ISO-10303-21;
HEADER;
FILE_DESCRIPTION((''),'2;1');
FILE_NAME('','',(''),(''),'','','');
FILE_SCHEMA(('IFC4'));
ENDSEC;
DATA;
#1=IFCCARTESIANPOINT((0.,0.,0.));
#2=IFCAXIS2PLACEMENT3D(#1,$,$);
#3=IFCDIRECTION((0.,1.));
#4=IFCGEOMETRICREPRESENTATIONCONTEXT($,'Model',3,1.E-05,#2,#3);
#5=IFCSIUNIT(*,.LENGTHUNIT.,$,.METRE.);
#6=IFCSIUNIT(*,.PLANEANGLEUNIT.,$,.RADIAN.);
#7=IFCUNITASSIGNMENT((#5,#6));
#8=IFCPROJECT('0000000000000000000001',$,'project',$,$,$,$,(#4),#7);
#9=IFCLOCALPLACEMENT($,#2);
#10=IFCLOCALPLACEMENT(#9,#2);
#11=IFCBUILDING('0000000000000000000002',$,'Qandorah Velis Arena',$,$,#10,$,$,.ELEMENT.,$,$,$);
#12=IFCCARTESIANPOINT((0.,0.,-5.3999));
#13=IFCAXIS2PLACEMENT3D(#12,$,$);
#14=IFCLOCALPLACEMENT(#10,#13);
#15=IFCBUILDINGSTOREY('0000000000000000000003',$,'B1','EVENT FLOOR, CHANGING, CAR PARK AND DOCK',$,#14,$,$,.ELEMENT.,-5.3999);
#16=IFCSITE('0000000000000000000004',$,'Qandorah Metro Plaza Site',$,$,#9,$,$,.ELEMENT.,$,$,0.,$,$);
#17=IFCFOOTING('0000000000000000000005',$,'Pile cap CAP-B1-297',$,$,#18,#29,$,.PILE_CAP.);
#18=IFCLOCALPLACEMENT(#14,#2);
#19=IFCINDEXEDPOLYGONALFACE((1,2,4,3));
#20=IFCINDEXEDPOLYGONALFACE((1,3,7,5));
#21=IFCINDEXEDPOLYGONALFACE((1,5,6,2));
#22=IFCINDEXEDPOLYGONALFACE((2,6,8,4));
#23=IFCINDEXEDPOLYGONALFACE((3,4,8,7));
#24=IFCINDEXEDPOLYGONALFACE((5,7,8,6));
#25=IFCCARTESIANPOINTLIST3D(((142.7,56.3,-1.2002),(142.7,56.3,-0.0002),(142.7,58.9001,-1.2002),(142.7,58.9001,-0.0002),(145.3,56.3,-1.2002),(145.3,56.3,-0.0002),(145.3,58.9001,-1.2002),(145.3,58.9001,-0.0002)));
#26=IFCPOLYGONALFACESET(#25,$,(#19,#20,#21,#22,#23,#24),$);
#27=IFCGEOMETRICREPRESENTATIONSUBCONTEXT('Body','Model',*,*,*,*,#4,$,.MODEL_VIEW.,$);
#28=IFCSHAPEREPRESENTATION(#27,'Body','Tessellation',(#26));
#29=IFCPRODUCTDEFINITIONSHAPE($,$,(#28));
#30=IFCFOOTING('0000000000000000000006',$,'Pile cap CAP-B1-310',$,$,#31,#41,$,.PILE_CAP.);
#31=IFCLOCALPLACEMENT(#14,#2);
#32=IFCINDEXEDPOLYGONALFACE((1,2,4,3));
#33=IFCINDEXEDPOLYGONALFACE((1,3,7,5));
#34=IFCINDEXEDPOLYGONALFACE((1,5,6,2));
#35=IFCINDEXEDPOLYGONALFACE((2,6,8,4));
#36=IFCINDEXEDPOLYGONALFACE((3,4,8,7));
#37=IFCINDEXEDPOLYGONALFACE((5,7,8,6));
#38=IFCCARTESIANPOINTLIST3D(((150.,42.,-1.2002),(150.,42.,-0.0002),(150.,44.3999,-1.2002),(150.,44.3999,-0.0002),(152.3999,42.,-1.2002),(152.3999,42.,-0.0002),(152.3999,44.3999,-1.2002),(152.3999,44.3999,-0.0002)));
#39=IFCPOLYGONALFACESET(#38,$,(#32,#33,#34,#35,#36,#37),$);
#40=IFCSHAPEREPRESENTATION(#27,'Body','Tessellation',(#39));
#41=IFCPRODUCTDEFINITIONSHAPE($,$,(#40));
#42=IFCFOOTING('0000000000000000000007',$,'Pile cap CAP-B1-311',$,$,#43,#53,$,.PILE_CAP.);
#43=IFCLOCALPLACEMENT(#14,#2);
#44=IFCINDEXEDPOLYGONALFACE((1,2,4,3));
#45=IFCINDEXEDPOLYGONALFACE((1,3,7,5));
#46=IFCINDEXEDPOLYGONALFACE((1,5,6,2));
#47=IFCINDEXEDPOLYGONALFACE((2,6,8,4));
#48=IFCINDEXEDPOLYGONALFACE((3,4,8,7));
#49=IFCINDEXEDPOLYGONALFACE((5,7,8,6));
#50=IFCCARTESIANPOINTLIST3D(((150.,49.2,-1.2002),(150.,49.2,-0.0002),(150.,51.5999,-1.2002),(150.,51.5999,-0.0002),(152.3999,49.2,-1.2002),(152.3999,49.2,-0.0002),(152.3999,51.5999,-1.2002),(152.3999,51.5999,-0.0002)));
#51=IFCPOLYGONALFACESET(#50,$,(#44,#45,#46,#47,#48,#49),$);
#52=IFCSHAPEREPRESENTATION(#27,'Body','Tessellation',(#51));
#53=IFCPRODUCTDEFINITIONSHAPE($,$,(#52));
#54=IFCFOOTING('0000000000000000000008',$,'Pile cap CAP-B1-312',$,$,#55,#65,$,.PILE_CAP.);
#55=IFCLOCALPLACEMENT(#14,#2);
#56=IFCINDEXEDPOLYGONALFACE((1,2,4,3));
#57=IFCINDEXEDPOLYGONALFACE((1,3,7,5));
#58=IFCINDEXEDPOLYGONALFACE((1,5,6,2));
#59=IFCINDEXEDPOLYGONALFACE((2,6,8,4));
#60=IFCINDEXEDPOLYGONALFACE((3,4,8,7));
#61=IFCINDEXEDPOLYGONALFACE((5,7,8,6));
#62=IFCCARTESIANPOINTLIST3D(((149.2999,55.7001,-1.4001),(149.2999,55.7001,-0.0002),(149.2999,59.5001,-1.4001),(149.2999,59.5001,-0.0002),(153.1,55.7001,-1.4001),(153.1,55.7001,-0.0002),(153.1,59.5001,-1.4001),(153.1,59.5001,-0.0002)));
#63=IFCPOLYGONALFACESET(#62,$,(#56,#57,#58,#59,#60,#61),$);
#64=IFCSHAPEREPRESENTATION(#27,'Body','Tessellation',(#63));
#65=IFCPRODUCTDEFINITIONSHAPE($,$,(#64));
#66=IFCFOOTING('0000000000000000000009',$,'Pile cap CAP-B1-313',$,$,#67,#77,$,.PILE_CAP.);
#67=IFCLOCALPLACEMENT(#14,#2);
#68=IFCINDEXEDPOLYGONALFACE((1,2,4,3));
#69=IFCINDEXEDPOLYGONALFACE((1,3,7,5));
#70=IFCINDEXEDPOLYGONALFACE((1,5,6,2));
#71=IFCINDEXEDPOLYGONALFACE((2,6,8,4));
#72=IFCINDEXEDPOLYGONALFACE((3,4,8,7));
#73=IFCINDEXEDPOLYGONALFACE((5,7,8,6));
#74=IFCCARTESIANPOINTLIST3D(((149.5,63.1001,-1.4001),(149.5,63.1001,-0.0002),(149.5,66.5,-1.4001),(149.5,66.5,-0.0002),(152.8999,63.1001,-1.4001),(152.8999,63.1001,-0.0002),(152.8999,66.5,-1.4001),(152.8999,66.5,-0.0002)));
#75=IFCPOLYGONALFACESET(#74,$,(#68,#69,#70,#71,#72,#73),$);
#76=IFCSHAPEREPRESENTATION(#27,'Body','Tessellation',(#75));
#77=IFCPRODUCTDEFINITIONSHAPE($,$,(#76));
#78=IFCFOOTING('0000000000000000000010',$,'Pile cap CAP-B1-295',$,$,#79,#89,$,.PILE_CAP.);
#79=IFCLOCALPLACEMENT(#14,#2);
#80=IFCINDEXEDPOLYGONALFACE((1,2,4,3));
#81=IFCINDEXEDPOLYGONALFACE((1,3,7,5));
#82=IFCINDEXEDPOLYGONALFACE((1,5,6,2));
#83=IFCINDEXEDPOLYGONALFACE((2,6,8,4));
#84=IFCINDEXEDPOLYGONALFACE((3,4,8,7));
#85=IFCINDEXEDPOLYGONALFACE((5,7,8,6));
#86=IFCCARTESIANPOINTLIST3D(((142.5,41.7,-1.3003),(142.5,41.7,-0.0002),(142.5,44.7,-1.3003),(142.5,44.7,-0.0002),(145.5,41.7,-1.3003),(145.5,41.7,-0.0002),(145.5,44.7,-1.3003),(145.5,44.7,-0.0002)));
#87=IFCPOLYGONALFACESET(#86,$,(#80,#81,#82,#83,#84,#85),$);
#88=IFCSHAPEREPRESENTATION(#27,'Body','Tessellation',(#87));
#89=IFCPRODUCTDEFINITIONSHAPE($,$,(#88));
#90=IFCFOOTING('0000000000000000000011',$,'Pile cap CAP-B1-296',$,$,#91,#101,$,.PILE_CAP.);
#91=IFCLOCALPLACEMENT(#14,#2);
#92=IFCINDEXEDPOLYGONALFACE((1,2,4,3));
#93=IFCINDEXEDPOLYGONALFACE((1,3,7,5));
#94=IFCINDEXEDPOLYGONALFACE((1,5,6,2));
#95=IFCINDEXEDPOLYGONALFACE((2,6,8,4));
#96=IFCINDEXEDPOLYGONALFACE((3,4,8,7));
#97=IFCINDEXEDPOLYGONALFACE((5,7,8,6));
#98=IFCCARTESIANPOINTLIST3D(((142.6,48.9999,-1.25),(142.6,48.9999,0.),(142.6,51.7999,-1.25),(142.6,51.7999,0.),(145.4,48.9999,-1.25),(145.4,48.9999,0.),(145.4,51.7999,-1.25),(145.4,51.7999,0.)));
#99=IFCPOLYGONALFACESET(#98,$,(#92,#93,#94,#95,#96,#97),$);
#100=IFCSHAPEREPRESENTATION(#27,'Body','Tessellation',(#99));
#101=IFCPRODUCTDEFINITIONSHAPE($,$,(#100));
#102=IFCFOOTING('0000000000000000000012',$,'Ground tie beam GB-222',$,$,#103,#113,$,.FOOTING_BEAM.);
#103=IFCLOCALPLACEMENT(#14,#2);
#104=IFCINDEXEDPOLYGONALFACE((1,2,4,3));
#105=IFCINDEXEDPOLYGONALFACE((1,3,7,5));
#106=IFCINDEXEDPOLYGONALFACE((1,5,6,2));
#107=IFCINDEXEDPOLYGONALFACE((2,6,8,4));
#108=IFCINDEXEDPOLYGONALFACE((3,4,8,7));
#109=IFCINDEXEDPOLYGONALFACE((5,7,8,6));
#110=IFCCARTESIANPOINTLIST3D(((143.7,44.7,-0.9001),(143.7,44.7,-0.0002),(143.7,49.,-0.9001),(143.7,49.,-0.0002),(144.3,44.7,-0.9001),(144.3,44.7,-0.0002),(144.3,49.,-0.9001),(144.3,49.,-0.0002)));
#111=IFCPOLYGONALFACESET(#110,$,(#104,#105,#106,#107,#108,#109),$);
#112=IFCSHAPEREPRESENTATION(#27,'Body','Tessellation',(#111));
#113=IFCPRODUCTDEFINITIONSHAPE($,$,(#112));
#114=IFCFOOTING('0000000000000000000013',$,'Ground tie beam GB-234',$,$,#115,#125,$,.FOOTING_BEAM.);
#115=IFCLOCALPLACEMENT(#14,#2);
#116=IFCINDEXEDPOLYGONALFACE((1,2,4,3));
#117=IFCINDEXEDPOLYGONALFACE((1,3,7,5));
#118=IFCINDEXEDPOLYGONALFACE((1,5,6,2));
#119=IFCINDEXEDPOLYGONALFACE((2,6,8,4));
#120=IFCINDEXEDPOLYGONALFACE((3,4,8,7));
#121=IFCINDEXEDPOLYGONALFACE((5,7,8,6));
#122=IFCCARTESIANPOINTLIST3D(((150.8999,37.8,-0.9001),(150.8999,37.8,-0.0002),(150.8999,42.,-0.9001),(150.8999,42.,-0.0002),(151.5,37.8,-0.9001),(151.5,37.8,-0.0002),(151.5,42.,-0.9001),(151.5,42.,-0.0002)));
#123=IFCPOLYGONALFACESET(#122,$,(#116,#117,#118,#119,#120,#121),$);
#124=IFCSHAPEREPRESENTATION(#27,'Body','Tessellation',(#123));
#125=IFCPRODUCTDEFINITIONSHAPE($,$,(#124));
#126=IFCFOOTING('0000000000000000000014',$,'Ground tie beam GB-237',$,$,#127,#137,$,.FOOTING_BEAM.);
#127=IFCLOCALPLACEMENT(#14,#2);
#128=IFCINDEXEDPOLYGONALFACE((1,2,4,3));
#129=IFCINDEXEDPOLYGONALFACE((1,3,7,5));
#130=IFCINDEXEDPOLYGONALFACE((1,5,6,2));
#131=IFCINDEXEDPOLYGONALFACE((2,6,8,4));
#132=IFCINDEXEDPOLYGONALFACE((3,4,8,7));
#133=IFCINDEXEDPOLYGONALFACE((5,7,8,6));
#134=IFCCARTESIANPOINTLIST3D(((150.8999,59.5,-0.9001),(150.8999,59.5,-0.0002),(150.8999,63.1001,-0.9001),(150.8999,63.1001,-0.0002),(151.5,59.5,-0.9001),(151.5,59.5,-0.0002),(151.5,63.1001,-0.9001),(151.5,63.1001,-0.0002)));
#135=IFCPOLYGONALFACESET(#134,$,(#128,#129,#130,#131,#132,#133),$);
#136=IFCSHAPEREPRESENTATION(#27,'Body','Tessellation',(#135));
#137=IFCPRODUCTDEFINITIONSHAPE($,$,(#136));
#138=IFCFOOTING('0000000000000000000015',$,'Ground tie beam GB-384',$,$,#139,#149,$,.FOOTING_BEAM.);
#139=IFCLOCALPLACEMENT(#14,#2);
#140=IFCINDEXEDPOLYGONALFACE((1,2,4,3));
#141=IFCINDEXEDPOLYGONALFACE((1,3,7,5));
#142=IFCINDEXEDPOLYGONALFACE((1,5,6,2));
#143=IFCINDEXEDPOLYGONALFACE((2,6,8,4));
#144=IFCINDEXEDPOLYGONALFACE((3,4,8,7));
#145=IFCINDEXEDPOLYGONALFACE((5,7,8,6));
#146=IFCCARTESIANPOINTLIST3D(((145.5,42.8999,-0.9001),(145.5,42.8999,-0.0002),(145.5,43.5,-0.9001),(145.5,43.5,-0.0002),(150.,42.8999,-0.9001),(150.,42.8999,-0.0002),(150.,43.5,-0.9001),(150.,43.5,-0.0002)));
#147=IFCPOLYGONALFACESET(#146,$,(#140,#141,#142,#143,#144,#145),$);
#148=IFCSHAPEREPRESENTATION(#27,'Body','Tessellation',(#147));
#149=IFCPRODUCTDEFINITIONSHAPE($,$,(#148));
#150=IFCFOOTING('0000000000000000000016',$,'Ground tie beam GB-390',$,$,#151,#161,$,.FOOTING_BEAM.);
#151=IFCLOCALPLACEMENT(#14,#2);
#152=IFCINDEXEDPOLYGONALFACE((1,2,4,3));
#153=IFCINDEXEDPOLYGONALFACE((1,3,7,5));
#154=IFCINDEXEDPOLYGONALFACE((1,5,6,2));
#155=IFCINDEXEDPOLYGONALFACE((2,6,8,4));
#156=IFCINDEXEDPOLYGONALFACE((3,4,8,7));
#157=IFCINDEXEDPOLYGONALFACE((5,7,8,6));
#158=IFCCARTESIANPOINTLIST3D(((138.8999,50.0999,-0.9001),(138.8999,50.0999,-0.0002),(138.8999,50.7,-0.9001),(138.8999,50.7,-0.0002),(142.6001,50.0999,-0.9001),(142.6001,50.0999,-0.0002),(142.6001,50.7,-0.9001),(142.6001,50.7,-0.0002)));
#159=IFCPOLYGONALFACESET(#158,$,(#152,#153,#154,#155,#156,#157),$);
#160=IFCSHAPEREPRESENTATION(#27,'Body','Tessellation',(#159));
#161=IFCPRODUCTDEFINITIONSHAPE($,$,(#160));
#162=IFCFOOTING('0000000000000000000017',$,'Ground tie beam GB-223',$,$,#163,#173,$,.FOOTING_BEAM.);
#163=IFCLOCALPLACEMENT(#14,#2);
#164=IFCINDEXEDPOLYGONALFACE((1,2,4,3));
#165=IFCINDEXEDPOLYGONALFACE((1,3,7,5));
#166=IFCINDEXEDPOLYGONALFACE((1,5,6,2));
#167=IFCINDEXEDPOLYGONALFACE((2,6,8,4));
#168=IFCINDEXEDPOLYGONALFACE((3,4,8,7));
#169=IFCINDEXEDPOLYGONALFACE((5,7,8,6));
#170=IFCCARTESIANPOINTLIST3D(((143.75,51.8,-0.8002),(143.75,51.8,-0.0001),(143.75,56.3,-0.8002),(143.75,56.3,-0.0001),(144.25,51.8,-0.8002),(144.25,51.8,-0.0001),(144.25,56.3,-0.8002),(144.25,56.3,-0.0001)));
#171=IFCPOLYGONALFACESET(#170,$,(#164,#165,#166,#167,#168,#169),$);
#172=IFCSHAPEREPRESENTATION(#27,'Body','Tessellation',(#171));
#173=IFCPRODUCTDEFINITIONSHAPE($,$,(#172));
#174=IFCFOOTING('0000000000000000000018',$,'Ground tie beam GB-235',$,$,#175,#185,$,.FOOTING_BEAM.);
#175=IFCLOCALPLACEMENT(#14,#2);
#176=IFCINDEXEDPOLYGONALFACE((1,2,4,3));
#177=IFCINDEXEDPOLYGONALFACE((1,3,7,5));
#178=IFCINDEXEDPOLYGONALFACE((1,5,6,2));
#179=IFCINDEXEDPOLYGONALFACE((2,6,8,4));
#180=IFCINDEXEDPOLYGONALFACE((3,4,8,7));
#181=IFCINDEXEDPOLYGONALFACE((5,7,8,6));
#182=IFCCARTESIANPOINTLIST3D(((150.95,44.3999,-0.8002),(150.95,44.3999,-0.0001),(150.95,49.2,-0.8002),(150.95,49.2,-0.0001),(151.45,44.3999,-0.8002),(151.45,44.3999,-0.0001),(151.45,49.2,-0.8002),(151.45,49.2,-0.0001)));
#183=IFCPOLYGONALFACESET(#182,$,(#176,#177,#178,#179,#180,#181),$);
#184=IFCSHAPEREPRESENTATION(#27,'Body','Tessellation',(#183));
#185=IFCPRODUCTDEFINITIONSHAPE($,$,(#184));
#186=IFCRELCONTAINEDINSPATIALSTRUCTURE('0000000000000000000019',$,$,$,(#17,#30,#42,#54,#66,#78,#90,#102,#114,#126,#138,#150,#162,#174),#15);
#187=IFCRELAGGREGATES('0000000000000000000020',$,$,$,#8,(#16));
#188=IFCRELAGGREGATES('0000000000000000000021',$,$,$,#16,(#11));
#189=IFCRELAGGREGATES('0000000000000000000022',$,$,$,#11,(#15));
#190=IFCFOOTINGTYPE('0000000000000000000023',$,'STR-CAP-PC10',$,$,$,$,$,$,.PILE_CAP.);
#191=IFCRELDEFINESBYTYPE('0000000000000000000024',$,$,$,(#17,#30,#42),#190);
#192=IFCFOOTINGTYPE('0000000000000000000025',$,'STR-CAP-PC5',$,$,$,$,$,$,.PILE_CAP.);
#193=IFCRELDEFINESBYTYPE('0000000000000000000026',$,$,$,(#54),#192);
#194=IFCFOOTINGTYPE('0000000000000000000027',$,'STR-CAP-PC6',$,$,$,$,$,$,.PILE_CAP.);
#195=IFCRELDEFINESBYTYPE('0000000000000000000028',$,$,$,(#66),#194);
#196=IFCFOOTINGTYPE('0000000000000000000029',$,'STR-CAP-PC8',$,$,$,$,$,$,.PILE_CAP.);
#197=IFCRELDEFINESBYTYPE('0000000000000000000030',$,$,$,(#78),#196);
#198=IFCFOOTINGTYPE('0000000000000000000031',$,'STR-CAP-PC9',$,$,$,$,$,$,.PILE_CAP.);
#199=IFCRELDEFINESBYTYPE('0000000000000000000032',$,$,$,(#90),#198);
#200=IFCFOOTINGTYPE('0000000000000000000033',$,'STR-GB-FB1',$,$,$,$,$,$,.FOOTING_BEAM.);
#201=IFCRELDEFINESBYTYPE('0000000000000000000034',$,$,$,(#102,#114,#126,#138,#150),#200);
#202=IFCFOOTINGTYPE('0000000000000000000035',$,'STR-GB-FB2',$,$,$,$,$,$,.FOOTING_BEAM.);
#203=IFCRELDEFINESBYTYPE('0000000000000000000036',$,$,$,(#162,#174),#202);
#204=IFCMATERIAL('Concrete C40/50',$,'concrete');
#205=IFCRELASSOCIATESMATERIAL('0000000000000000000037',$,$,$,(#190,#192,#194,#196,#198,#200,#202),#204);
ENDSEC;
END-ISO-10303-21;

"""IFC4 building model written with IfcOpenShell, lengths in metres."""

from ifc_helpers import new_model, si_unit, direction, frame, origin, origin_2d, place, context, subcontext, project, spatial, rectangle, extrude, material, material_profile, profile_set, type_object, element, save


model = new_model("IFC4")

# Units and contexts
model_context = context("Model", 3, precision=1e-05, world=origin(), true_north=direction((0.0, 1.0)))
body_context = subcontext(model_context, "Body", "Model", "MODEL_VIEW")
ifc_project = project(units=[si_unit("LENGTHUNIT", "METRE"), si_unit("PLANEANGLEUNIT", "RADIAN")], contexts=[model_context])

# Site, building, storey
site_placement = place(None, origin())
site = spatial("IfcSite", under=ifc_project, at=site_placement, Name="Qandorah Metro Plaza Site", CompositionType="ELEMENT", RefElevation=0.0)
building_placement = place(site_placement, origin())
building = spatial("IfcBuilding", under=site, at=building_placement, Name="Qandorah Velis Arena", CompositionType="ELEMENT")
storey_placement = place(building_placement, frame((0.0, 0.0, -5.3999)))
storey = spatial("IfcBuildingStorey", under=building, at=storey_placement, Name="B1", Description="EVENT FLOOR, CHANGING, CAR PARK AND DOCK", CompositionType="ELEMENT", Elevation=-5.3999)

# Footings
ifc_material_1 = material(Name="Concrete C40/50", Category="concrete")
footing_type_1 = type_object("IfcFootingType", Name="STR-CAP-PC10", PredefinedType="PILE_CAP", material=ifc_material_1)
footing_1_placement = place(storey_placement, frame((144.0, 57.6001, -1.2002), z_axis=(0.0, 0.0, 1.0), x_axis=(1.0, 0.0, 0.0)))
element("IfcFooting", 1, at=footing_1_placement, inside=storey, type_object=footing_type_1, Name="Pile cap CAP-B1-297", PredefinedType="PILE_CAP", context=body_context, shape_type="SweptSolid", body=[
    extrude(rectangle(XDim=2.6001, YDim=2.6001, at=origin_2d()), origin(), (0.0, 0.0, 1.0), 1.2),
])
for number, where, z_axis, x_axis, name in (
    (2, (151.2, 43.2, -1.2002), (0.0, 0.0, 1.0), (1.0, 0.0, 0.0), "Pile cap CAP-B1-310"),
    (3, (151.2, 50.3999, -1.2002), (0.0, 0.0, 1.0), (1.0, 0.0, 0.0), "Pile cap CAP-B1-311"),
):
    element("IfcFooting", number, at=place(storey_placement, frame(where, z_axis=z_axis, x_axis=x_axis)), inside=storey, type_object=footing_type_1, Name=name, PredefinedType="PILE_CAP", context=body_context, shape_type="SweptSolid", body=[
        extrude(rectangle(XDim=2.3999, YDim=2.3999, at=origin_2d()), origin(), (0.0, 0.0, 1.0), 1.2),
    ])
footing_type_2 = type_object("IfcFootingType", Name="STR-CAP-PC5", PredefinedType="PILE_CAP", material=ifc_material_1)
footing_2_placement = place(storey_placement, frame((151.2, 57.6001, -1.4001), z_axis=(0.0, 0.0, 1.0), x_axis=(1.0, 0.0, 0.0)))
element("IfcFooting", 4, at=footing_2_placement, inside=storey, type_object=footing_type_2, Name="Pile cap CAP-B1-312", PredefinedType="PILE_CAP", context=body_context, shape_type="SweptSolid", body=[
    extrude(rectangle(XDim=3.8, YDim=3.8, at=origin_2d()), origin(), (0.0, 0.0, 1.0), 1.3999),
])
footing_type_3 = type_object("IfcFootingType", Name="STR-CAP-PC6", PredefinedType="PILE_CAP", material=ifc_material_1)
footing_3_placement = place(storey_placement, frame((151.2, 64.8, -1.4001), z_axis=(0.0, 0.0, 1.0), x_axis=(1.0, 0.0, 0.0)))
element("IfcFooting", 5, at=footing_3_placement, inside=storey, type_object=footing_type_3, Name="Pile cap CAP-B1-313", PredefinedType="PILE_CAP", context=body_context, shape_type="SweptSolid", body=[
    extrude(rectangle(XDim=3.3999, YDim=3.3999, at=origin_2d()), origin(), (0.0, 0.0, 1.0), 1.3999),
])
footing_type_4 = type_object("IfcFootingType", Name="STR-CAP-PC8", PredefinedType="PILE_CAP", material=ifc_material_1)
footing_4_placement = place(storey_placement, frame((144.0, 43.2, -1.3003), z_axis=(0.0, 0.0, 1.0), x_axis=(1.0, 0.0, 0.0)))
element("IfcFooting", 6, at=footing_4_placement, inside=storey, type_object=footing_type_4, Name="Pile cap CAP-B1-295", PredefinedType="PILE_CAP", context=body_context, shape_type="SweptSolid", body=[
    extrude(rectangle(XDim=3.0, YDim=3.0, at=origin_2d()), origin(), (0.0, 0.0, 1.0), 1.3),
])
footing_type_5 = type_object("IfcFootingType", Name="STR-CAP-PC9", PredefinedType="PILE_CAP", material=ifc_material_1)
footing_5_placement = place(storey_placement, frame((144.0, 50.3999, -1.25), z_axis=(0.0, 0.0, 1.0), x_axis=(1.0, 0.0, 0.0)))
element("IfcFooting", 7, at=footing_5_placement, inside=storey, type_object=footing_type_5, Name="Pile cap CAP-B1-296", PredefinedType="PILE_CAP", context=body_context, shape_type="SweptSolid", body=[
    extrude(rectangle(XDim=2.8, YDim=2.8, at=origin_2d()), origin(), (0.0, 0.0, 1.0), 1.25),
])
ifc_material_profile_1 = material_profile(ifc_material_1, rectangle(XDim=0.6001, YDim=0.8999, at=origin_2d()), Name="GB1 600x900")
ifc_profile_set_1 = profile_set([ifc_material_profile_1], Name="Concrete C40/50")
footing_type_6 = type_object("IfcFootingType", Name="STR-GB-FB1", PredefinedType="FOOTING_BEAM", material=ifc_profile_set_1)
footing_6_placement = place(storey_placement, frame((144.0, 44.7, -0.4502), z_axis=(0.0, 1.0, 0.0), x_axis=(-1.0, 0.0, 0.0)))
element("IfcFooting", 8, at=footing_6_placement, inside=storey, type_object=footing_type_6, Name="Ground tie beam GB-222", PredefinedType="FOOTING_BEAM", context=body_context, shape_type="SweptSolid", body=[
    extrude(rectangle(XDim=0.6001, YDim=0.8999, at=origin_2d()), origin(), (0.0, 0.0, 1.0), 4.3),
])
footing_7_placement = place(storey_placement, frame((151.2, 37.8, -0.4502), z_axis=(0.0, 1.0, 0.0), x_axis=(-1.0, 0.0, 0.0)))
element("IfcFooting", 9, at=footing_7_placement, inside=storey, type_object=footing_type_6, Name="Ground tie beam GB-234", PredefinedType="FOOTING_BEAM", context=body_context, shape_type="SweptSolid", body=[
    extrude(rectangle(XDim=0.6001, YDim=0.8999, at=origin_2d()), origin(), (0.0, 0.0, 1.0), 4.2),
])
footing_8_placement = place(storey_placement, frame((151.2, 59.5, -0.4502), z_axis=(0.0, 1.0, 0.0), x_axis=(-1.0, 0.0, 0.0)))
element("IfcFooting", 10, at=footing_8_placement, inside=storey, type_object=footing_type_6, Name="Ground tie beam GB-237", PredefinedType="FOOTING_BEAM", context=body_context, shape_type="SweptSolid", body=[
    extrude(rectangle(XDim=0.6001, YDim=0.8999, at=origin_2d()), origin(), (0.0, 0.0, 1.0), 3.6001),
])
footing_9_placement = place(storey_placement, frame((145.5, 43.2, -0.4502), z_axis=(1.0, 0.0, 0.0), x_axis=(0.0, 1.0, 0.0)))
element("IfcFooting", 11, at=footing_9_placement, inside=storey, type_object=footing_type_6, Name="Ground tie beam GB-384", PredefinedType="FOOTING_BEAM", context=body_context, shape_type="SweptSolid", body=[
    extrude(rectangle(XDim=0.6001, YDim=0.8999, at=origin_2d()), origin(), (0.0, 0.0, 1.0), 4.5),
])
footing_10_placement = place(storey_placement, frame((138.8999, 50.3999, -0.4502), z_axis=(1.0, 0.0, 0.0), x_axis=(0.0, 1.0, 0.0)))
element("IfcFooting", 12, at=footing_10_placement, inside=storey, type_object=footing_type_6, Name="Ground tie beam GB-390", PredefinedType="FOOTING_BEAM", context=body_context, shape_type="SweptSolid", body=[
    extrude(rectangle(XDim=0.6001, YDim=0.8999, at=origin_2d()), origin(), (0.0, 0.0, 1.0), 3.7002),
])
ifc_material_profile_2 = material_profile(ifc_material_1, rectangle(XDim=0.5, YDim=0.8, at=origin_2d()), Name="GB2 500x800")
ifc_profile_set_2 = profile_set([ifc_material_profile_2], Name="Concrete C40/50")
footing_type_7 = type_object("IfcFootingType", Name="STR-GB-FB2", PredefinedType="FOOTING_BEAM", material=ifc_profile_set_2)
footing_11_placement = place(storey_placement, frame((144.0, 51.8, -0.4001), z_axis=(0.0, 1.0, 0.0), x_axis=(-1.0, 0.0, 0.0)))
element("IfcFooting", 13, at=footing_11_placement, inside=storey, type_object=footing_type_7, Name="Ground tie beam GB-223", PredefinedType="FOOTING_BEAM", context=body_context, shape_type="SweptSolid", body=[
    extrude(rectangle(XDim=0.5, YDim=0.8, at=origin_2d()), origin(), (0.0, 0.0, 1.0), 4.5),
])
footing_12_placement = place(storey_placement, frame((151.2, 44.3999, -0.4001), z_axis=(0.0, 1.0, 0.0), x_axis=(-1.0, 0.0, 0.0)))
element("IfcFooting", 14, at=footing_12_placement, inside=storey, type_object=footing_type_7, Name="Ground tie beam GB-235", PredefinedType="FOOTING_BEAM", context=body_context, shape_type="SweptSolid", body=[
    extrude(rectangle(XDim=0.5, YDim=0.8, at=origin_2d()), origin(), (0.0, 0.0, 1.0), 4.8),
])

save(model, "model.ifc")
